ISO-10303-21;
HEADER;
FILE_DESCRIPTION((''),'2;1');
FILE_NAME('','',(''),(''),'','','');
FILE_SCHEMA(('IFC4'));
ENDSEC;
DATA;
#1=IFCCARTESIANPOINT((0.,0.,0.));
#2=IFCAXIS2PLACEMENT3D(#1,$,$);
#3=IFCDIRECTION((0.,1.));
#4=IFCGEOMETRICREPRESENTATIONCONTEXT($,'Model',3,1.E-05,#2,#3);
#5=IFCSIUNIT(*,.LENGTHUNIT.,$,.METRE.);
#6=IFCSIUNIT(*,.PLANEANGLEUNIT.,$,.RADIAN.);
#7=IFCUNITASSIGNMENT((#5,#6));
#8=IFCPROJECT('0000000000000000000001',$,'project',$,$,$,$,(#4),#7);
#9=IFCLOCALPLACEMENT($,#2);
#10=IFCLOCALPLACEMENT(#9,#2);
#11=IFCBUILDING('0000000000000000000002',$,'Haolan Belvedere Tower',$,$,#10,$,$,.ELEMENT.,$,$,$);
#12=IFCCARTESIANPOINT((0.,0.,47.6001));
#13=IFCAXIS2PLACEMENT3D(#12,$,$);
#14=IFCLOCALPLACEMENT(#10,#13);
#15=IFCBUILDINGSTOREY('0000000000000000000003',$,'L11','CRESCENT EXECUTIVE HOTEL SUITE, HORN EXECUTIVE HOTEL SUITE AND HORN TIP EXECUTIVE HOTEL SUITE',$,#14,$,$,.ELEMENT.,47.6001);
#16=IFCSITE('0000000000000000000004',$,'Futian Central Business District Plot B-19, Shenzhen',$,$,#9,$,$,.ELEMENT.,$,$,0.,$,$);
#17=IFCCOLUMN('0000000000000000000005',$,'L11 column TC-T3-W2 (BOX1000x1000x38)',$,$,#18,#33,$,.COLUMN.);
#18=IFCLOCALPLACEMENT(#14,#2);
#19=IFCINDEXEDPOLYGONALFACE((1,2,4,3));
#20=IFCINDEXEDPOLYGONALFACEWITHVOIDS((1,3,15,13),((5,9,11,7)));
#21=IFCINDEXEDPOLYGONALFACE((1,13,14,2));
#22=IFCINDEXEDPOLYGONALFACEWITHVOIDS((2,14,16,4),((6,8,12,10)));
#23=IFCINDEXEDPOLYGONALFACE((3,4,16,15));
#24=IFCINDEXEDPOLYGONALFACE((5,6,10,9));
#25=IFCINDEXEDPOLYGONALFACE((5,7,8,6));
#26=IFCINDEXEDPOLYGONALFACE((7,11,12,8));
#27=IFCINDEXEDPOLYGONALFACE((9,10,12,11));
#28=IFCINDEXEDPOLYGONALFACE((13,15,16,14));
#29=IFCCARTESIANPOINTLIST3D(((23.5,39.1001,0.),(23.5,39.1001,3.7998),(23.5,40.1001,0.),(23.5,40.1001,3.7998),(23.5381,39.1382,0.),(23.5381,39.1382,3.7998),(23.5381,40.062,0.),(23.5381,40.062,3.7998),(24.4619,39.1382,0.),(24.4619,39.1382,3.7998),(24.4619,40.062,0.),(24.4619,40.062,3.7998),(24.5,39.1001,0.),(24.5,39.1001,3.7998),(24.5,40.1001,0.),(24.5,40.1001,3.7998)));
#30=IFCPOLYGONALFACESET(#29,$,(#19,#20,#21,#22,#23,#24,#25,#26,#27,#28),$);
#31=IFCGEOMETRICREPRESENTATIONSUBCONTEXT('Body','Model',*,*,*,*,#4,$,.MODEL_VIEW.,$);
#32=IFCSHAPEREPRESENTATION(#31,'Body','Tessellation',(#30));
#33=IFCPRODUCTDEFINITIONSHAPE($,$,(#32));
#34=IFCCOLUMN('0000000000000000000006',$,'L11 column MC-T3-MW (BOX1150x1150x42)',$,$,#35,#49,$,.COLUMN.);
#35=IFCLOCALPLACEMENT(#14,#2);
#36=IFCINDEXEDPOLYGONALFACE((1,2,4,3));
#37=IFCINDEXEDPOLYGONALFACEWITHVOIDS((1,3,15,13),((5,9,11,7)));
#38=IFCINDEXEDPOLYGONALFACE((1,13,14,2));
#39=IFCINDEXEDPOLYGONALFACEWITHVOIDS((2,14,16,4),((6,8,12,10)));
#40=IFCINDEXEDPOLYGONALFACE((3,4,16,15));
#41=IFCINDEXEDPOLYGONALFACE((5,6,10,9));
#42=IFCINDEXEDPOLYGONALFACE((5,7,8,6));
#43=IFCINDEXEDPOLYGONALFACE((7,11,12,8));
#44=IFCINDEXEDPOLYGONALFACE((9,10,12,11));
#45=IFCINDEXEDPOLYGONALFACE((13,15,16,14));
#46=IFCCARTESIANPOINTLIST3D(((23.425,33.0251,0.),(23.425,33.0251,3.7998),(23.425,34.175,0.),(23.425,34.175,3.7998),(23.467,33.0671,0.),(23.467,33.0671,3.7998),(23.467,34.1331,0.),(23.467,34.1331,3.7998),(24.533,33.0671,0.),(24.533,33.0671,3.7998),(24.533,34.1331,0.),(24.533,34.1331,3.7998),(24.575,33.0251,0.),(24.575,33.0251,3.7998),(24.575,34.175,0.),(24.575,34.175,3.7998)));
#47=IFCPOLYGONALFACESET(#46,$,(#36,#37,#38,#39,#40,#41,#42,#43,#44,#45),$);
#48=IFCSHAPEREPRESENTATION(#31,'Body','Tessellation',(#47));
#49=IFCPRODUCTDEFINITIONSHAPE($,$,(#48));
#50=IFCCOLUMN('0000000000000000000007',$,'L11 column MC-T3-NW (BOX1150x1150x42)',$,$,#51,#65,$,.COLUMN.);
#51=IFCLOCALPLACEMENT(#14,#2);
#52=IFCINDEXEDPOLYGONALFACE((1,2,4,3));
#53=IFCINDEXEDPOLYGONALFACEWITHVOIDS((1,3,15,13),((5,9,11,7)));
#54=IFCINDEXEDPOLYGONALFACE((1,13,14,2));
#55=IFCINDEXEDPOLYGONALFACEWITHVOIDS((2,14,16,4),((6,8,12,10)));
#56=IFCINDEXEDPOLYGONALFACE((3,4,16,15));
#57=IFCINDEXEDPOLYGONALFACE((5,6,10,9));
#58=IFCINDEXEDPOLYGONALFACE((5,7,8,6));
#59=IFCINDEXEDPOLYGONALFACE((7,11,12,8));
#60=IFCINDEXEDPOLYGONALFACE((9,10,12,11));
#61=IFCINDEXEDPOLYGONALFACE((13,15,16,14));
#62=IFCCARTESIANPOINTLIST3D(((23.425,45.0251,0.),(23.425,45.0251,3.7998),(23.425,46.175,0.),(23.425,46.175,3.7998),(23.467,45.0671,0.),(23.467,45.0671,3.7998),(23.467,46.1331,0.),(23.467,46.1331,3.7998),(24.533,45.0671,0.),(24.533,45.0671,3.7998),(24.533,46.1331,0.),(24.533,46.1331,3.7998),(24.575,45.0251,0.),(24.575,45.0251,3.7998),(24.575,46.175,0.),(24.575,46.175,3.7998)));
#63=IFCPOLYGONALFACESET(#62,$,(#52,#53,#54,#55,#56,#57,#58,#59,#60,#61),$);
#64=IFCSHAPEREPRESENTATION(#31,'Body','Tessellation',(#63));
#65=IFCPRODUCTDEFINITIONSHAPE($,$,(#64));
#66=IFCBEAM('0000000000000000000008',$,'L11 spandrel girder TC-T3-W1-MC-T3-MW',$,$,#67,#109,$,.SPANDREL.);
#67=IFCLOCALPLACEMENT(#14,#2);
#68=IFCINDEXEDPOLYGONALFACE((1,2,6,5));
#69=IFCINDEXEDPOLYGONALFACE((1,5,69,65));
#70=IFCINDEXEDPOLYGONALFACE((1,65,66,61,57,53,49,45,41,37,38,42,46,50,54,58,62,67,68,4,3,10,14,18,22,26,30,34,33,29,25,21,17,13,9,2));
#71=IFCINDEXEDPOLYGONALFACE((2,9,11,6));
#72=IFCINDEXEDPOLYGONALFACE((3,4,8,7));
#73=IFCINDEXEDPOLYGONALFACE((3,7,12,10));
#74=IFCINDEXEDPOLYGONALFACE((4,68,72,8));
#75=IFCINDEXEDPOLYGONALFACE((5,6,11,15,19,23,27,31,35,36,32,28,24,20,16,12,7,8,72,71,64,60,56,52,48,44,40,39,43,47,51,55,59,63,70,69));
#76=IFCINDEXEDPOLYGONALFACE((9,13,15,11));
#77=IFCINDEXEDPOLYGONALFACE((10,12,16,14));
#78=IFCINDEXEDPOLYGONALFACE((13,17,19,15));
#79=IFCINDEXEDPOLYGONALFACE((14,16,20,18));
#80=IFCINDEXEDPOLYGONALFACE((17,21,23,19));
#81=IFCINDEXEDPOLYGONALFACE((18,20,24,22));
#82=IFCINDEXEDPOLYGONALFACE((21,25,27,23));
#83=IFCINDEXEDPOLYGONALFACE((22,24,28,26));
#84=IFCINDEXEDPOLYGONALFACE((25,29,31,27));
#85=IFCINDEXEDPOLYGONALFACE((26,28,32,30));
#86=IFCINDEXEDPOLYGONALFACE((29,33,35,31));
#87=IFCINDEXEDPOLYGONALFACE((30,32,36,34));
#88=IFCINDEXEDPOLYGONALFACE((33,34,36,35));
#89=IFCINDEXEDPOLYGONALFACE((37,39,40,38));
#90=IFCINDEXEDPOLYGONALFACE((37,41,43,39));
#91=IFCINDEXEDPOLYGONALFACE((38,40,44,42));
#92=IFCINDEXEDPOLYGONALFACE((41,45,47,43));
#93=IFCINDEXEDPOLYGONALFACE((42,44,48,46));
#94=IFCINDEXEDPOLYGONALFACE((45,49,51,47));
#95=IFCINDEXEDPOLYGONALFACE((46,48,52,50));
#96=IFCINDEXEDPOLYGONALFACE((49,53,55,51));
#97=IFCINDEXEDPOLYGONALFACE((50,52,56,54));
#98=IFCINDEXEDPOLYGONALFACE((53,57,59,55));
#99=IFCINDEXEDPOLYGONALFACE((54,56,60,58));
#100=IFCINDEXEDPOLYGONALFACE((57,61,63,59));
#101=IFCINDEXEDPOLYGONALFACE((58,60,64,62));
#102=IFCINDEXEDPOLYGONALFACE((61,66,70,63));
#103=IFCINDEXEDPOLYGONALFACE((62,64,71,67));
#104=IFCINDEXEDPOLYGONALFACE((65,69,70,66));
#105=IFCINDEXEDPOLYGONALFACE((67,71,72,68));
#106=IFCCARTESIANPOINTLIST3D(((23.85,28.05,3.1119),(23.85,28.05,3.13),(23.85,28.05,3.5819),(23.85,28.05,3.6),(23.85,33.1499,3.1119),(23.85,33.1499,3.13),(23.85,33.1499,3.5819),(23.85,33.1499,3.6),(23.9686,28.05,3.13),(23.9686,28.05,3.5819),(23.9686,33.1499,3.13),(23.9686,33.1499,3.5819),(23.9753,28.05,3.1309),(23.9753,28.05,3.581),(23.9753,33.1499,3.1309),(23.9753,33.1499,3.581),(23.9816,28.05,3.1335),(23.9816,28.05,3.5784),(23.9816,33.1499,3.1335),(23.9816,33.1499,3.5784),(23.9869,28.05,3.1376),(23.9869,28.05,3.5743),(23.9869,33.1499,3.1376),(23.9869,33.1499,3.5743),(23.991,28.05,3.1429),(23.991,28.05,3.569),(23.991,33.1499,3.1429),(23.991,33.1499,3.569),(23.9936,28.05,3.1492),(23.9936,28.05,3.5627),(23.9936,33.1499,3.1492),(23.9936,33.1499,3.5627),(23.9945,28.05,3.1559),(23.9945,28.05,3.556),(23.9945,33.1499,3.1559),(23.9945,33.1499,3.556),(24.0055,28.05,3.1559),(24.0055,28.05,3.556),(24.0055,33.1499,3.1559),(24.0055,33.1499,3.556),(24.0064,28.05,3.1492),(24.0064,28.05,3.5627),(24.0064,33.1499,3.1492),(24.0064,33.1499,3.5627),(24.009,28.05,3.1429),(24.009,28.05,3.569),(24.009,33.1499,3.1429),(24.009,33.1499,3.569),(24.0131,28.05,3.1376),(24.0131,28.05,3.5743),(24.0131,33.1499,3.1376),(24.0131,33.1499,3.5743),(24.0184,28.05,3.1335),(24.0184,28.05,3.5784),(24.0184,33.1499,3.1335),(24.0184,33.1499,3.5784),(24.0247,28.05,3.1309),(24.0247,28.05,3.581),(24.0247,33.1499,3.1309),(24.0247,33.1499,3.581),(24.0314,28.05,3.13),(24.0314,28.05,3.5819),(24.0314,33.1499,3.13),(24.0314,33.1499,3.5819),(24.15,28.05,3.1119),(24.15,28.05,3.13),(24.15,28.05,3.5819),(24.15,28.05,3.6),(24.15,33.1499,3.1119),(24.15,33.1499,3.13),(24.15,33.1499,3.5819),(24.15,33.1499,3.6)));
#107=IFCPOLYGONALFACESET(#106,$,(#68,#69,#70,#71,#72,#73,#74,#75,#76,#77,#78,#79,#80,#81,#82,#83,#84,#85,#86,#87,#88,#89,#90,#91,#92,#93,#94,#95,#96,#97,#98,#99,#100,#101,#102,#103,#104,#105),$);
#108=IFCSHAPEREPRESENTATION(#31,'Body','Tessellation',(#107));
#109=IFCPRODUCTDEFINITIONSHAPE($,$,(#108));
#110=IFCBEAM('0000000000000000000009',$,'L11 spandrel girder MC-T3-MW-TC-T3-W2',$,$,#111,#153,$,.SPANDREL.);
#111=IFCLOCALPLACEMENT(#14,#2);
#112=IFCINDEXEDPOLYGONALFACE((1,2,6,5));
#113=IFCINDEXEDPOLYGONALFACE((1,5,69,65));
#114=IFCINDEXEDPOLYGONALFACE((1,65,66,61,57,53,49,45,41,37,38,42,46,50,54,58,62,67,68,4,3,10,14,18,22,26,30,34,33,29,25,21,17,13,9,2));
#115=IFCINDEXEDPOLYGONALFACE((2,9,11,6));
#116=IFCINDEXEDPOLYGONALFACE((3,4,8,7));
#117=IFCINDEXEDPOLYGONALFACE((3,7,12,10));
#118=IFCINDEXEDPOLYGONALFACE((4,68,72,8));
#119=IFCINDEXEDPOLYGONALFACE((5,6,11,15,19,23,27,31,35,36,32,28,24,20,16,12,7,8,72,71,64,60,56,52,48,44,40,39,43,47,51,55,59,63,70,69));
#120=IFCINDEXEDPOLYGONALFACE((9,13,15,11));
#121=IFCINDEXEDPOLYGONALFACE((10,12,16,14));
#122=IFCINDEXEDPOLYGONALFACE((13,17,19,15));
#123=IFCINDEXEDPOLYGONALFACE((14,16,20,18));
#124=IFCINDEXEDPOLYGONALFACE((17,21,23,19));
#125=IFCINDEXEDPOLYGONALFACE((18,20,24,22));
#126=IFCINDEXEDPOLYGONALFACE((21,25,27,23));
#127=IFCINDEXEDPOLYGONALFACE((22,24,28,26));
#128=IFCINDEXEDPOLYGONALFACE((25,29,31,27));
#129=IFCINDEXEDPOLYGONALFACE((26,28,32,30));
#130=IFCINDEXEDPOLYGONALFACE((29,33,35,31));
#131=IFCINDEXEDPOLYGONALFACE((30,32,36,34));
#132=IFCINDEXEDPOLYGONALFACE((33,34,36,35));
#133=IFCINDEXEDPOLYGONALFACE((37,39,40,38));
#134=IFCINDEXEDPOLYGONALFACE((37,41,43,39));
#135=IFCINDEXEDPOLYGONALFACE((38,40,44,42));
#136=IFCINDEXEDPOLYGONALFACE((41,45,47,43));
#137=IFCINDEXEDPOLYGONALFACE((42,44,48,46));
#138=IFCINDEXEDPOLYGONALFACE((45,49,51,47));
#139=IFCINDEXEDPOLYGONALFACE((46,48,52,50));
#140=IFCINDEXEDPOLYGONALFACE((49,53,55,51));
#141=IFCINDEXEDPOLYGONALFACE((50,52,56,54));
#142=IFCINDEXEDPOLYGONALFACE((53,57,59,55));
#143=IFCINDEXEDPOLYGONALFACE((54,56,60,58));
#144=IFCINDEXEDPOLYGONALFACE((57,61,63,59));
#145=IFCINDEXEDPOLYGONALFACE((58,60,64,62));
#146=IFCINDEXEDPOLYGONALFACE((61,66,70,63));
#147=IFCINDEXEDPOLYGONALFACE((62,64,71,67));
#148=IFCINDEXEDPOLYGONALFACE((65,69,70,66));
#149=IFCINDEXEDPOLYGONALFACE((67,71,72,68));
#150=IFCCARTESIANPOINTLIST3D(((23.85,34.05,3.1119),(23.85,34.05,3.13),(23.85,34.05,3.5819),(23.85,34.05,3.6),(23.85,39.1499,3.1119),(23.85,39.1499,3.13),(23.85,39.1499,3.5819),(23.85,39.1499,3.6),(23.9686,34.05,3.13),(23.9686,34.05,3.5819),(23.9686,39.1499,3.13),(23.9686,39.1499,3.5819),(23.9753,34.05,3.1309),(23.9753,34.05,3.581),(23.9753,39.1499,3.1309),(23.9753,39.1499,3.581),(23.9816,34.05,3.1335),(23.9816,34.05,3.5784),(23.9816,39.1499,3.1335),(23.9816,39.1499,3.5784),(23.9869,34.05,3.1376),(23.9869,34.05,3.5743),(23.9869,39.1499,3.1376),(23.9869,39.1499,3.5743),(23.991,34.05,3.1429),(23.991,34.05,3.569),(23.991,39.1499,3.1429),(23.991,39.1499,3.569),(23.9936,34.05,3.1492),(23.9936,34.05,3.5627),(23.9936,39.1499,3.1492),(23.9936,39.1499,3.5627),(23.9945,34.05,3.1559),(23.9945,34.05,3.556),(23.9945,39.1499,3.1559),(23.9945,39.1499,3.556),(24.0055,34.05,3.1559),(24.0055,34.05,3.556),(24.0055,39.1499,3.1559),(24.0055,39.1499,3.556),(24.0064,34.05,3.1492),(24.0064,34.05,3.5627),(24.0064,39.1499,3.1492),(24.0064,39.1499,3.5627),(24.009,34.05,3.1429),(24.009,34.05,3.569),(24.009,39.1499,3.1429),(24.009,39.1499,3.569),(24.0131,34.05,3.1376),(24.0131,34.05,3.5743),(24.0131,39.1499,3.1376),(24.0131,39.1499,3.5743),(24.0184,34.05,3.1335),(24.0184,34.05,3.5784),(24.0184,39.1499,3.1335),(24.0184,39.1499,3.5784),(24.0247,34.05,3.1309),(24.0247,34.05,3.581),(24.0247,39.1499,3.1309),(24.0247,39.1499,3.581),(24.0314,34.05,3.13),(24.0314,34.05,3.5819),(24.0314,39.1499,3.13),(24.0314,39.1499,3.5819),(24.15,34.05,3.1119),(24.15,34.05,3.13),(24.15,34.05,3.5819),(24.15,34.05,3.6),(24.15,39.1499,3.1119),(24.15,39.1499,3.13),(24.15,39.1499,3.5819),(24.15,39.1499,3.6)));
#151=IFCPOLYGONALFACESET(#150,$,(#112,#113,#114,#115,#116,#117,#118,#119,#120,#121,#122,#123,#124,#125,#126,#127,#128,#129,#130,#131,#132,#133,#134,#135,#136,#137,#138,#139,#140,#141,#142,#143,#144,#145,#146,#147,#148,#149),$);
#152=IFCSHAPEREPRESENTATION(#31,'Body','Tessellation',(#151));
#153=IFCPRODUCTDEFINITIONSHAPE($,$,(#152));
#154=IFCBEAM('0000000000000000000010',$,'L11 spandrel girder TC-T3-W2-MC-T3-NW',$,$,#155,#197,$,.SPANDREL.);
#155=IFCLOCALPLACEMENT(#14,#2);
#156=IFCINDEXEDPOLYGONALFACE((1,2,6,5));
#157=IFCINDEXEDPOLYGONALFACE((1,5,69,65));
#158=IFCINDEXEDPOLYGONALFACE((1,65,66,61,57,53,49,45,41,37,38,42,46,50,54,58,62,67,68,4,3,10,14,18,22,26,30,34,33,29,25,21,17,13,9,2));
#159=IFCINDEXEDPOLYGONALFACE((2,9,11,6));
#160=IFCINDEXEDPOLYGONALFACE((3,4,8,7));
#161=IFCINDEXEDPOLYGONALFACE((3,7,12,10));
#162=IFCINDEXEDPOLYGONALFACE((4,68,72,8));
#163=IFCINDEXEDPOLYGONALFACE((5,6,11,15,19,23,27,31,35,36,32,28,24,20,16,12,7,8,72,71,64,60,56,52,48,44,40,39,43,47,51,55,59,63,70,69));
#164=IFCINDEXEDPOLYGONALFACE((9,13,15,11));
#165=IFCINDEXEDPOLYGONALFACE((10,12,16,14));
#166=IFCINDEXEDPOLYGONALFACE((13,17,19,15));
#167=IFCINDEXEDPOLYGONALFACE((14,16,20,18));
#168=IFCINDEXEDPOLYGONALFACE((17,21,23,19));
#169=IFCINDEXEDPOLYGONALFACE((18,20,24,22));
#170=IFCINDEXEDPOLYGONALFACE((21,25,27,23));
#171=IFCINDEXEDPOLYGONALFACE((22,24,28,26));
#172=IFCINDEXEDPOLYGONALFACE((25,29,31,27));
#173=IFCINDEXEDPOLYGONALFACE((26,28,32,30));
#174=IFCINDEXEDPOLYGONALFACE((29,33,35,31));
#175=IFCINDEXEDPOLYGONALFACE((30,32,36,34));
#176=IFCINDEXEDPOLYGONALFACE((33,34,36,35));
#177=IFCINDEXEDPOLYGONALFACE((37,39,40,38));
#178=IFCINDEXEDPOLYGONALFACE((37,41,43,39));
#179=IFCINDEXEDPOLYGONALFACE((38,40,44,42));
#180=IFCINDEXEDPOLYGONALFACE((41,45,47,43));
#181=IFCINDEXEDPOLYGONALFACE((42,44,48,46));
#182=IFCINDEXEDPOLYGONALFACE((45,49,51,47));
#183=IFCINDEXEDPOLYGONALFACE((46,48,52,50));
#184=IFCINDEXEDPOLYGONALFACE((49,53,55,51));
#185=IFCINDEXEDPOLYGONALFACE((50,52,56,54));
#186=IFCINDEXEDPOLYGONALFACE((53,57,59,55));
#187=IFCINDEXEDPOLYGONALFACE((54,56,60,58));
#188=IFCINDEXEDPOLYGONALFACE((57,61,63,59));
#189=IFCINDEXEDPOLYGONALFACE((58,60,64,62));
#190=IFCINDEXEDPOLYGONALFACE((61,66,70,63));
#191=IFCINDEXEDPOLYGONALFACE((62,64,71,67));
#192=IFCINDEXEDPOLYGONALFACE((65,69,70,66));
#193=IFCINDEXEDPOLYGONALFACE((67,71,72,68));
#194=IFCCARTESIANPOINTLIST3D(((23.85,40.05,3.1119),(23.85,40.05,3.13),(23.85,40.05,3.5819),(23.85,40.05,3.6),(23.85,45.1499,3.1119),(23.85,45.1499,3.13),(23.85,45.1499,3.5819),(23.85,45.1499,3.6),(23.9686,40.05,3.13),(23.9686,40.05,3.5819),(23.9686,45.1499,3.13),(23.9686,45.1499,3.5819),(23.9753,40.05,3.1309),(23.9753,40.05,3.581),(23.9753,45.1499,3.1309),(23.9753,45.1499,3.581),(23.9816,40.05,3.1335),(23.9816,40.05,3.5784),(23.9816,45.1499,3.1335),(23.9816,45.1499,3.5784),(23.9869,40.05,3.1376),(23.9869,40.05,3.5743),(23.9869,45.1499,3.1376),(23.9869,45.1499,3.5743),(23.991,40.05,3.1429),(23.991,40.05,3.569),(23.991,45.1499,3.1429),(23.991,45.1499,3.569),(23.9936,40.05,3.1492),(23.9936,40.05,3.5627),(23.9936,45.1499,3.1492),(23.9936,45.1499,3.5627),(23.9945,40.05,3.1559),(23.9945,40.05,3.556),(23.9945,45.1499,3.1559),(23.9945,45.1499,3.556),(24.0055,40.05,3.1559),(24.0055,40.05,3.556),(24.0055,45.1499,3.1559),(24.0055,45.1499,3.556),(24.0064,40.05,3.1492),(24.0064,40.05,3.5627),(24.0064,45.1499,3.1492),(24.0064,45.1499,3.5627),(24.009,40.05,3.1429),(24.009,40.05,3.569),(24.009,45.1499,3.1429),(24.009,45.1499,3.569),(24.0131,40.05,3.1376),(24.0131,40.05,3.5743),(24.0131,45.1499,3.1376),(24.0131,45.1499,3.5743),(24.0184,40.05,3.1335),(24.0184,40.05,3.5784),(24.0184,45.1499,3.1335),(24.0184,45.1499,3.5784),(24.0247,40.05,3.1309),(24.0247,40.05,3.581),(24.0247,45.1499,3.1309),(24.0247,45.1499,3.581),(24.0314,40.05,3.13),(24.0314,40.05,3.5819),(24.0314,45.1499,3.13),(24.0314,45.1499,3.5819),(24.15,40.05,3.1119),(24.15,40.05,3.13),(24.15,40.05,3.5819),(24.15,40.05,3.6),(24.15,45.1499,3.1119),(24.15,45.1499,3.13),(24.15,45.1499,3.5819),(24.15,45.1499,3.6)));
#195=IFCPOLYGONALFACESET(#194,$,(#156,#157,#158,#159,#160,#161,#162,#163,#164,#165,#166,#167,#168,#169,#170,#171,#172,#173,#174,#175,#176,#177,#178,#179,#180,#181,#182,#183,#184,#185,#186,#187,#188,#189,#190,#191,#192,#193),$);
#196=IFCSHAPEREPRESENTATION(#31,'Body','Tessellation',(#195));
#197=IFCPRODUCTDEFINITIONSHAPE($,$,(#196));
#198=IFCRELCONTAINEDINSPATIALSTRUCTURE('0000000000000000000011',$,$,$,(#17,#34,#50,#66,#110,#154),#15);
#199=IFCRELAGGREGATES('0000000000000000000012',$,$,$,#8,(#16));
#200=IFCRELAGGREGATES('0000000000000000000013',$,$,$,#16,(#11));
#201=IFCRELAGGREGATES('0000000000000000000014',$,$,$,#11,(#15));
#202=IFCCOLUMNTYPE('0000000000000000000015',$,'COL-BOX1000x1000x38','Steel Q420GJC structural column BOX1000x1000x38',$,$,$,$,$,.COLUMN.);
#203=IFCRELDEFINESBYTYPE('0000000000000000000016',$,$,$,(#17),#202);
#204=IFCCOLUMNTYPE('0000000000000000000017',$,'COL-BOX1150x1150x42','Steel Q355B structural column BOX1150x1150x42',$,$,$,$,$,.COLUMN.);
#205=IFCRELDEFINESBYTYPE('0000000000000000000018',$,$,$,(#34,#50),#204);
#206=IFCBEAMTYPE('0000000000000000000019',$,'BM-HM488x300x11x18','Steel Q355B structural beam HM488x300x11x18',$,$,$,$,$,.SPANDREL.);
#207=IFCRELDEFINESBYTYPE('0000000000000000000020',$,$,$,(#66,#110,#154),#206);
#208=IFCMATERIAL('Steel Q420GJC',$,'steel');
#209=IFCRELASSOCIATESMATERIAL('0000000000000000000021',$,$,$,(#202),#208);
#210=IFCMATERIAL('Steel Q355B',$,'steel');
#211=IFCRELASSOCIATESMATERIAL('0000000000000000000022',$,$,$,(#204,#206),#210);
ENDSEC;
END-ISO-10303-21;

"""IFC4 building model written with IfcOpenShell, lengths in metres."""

from ifc_helpers import new_model, si_unit, direction, frame, origin, origin_2d, place, context, subcontext, project, spatial, hollow_rectangle, i_section, extrude, material, material_profile, profile_set, type_object, element, save


model = new_model("IFC4")

# Units and contexts
model_context = context("Model", 3, precision=1e-05, world=origin(), true_north=direction((0.0, 1.0)))
body_context = subcontext(model_context, "Body", "Model", "MODEL_VIEW")
ifc_project = project(units=[si_unit("LENGTHUNIT", "METRE"), si_unit("PLANEANGLEUNIT", "RADIAN")], contexts=[model_context])

# Site, building, storey
site_placement = place(None, origin())
site = spatial("IfcSite", under=ifc_project, at=site_placement, Name="Futian Central Business District Plot B-19, Shenzhen", CompositionType="ELEMENT", RefElevation=0.0)
building_placement = place(site_placement, origin())
building = spatial("IfcBuilding", under=site, at=building_placement, Name="Haolan Belvedere Tower", CompositionType="ELEMENT")
storey_placement = place(building_placement, frame((0.0, 0.0, 47.6001)))
storey = spatial("IfcBuildingStorey", under=building, at=storey_placement, Name="L11", Description="CRESCENT EXECUTIVE HOTEL SUITE, HORN EXECUTIVE HOTEL SUITE AND HORN TIP EXECUTIVE HOTEL SUITE", CompositionType="ELEMENT", Elevation=47.6001)

# Columns
ifc_material_1 = material(Name="Steel Q420GJC", Category="steel")
ifc_material_profile_1 = material_profile(ifc_material_1, hollow_rectangle(XDim=1.0, YDim=1.0, WallThickness=0.0381, at=origin_2d()), Name="Steel Q420GJC")
ifc_profile_set_1 = profile_set([ifc_material_profile_1], Name="Steel Q420GJC")
column_type_1 = type_object("IfcColumnType", Name="COL-BOX1000x1000x38", Description="Steel Q420GJC structural column BOX1000x1000x38", PredefinedType="COLUMN", material=ifc_profile_set_1)
column_placement = place(storey_placement, frame((24.0, 39.6001, 0.0), z_axis=(0.0, 0.0, 1.0), x_axis=(1.0, 0.0, 0.0)))
element("IfcColumn", 1, at=column_placement, inside=storey, type_object=column_type_1, Name="L11 column TC-T3-W2 (BOX1000x1000x38)", PredefinedType="COLUMN", context=body_context, shape_type="SweptSolid", body=[
    extrude(hollow_rectangle(XDim=1.0, YDim=1.0, WallThickness=0.0381, at=origin_2d()), origin(), (0.0, 0.0, 1.0), 3.7998),
])
ifc_material_2 = material(Name="Steel Q355B", Category="steel")
ifc_material_profile_2 = material_profile(ifc_material_2, hollow_rectangle(XDim=1.1499, YDim=1.1499, WallThickness=0.042, at=origin_2d()), Name="Steel Q355B")
ifc_profile_set_2 = profile_set([ifc_material_profile_2], Name="Steel Q355B")
column_type_2 = type_object("IfcColumnType", Name="COL-BOX1150x1150x42", Description="Steel Q355B structural column BOX1150x1150x42", PredefinedType="COLUMN", material=ifc_profile_set_2)
for number, where, z_axis, x_axis, name in (
    (2, (24.0, 33.6001, 0.0), (0.0, 0.0, 1.0), (1.0, 0.0, 0.0), "L11 column MC-T3-MW (BOX1150x1150x42)"),
    (3, (24.0, 45.6001, 0.0), (0.0, 0.0, 1.0), (1.0, 0.0, 0.0), "L11 column MC-T3-NW (BOX1150x1150x42)"),
):
    element("IfcColumn", number, at=place(storey_placement, frame(where, z_axis=z_axis, x_axis=x_axis)), inside=storey, type_object=column_type_2, Name=name, PredefinedType="COLUMN", context=body_context, shape_type="SweptSolid", body=[
        extrude(hollow_rectangle(XDim=1.1499, YDim=1.1499, WallThickness=0.042, at=origin_2d()), origin(), (0.0, 0.0, 1.0), 3.7998),
    ])

# Beams
ifc_material_profile_3 = material_profile(ifc_material_2, i_section(OverallWidth=0.3, OverallDepth=0.488, WebThickness=0.011, FlangeThickness=0.0181, FilletRadius=0.0259, at=origin_2d()), Name="Steel Q355B")
ifc_profile_set_3 = profile_set([ifc_material_profile_3], Name="Steel Q355B")
beam_type_1 = type_object("IfcBeamType", Name="BM-HM488x300x11x18", Description="Steel Q355B structural beam HM488x300x11x18", PredefinedType="SPANDREL", material=ifc_profile_set_3)
for number, where, z_axis, x_axis, name in (
    (4, (24.0, 28.05, 3.356), (0.0, 1.0, 0.0), (-1.0, 0.0, 0.0), "L11 spandrel girder TC-T3-W1-MC-T3-MW"),
    (5, (24.0, 34.05, 3.356), (0.0, 1.0, 0.0), (-1.0, 0.0, 0.0), "L11 spandrel girder MC-T3-MW-TC-T3-W2"),
    (6, (24.0, 40.05, 3.356), (0.0, 1.0, 0.0), (-1.0, 0.0, 0.0), "L11 spandrel girder TC-T3-W2-MC-T3-NW"),
):
    element("IfcBeam", number, at=place(storey_placement, frame(where, z_axis=z_axis, x_axis=x_axis)), inside=storey, type_object=beam_type_1, Name=name, PredefinedType="SPANDREL", context=body_context, shape_type="SweptSolid", body=[
        extrude(i_section(OverallWidth=0.3, OverallDepth=0.488, WebThickness=0.011, FlangeThickness=0.0181, FilletRadius=0.0259, at=origin_2d()), origin(), (0.0, 0.0, 1.0), 5.0999),
    ])

save(model, "model.ifc")
